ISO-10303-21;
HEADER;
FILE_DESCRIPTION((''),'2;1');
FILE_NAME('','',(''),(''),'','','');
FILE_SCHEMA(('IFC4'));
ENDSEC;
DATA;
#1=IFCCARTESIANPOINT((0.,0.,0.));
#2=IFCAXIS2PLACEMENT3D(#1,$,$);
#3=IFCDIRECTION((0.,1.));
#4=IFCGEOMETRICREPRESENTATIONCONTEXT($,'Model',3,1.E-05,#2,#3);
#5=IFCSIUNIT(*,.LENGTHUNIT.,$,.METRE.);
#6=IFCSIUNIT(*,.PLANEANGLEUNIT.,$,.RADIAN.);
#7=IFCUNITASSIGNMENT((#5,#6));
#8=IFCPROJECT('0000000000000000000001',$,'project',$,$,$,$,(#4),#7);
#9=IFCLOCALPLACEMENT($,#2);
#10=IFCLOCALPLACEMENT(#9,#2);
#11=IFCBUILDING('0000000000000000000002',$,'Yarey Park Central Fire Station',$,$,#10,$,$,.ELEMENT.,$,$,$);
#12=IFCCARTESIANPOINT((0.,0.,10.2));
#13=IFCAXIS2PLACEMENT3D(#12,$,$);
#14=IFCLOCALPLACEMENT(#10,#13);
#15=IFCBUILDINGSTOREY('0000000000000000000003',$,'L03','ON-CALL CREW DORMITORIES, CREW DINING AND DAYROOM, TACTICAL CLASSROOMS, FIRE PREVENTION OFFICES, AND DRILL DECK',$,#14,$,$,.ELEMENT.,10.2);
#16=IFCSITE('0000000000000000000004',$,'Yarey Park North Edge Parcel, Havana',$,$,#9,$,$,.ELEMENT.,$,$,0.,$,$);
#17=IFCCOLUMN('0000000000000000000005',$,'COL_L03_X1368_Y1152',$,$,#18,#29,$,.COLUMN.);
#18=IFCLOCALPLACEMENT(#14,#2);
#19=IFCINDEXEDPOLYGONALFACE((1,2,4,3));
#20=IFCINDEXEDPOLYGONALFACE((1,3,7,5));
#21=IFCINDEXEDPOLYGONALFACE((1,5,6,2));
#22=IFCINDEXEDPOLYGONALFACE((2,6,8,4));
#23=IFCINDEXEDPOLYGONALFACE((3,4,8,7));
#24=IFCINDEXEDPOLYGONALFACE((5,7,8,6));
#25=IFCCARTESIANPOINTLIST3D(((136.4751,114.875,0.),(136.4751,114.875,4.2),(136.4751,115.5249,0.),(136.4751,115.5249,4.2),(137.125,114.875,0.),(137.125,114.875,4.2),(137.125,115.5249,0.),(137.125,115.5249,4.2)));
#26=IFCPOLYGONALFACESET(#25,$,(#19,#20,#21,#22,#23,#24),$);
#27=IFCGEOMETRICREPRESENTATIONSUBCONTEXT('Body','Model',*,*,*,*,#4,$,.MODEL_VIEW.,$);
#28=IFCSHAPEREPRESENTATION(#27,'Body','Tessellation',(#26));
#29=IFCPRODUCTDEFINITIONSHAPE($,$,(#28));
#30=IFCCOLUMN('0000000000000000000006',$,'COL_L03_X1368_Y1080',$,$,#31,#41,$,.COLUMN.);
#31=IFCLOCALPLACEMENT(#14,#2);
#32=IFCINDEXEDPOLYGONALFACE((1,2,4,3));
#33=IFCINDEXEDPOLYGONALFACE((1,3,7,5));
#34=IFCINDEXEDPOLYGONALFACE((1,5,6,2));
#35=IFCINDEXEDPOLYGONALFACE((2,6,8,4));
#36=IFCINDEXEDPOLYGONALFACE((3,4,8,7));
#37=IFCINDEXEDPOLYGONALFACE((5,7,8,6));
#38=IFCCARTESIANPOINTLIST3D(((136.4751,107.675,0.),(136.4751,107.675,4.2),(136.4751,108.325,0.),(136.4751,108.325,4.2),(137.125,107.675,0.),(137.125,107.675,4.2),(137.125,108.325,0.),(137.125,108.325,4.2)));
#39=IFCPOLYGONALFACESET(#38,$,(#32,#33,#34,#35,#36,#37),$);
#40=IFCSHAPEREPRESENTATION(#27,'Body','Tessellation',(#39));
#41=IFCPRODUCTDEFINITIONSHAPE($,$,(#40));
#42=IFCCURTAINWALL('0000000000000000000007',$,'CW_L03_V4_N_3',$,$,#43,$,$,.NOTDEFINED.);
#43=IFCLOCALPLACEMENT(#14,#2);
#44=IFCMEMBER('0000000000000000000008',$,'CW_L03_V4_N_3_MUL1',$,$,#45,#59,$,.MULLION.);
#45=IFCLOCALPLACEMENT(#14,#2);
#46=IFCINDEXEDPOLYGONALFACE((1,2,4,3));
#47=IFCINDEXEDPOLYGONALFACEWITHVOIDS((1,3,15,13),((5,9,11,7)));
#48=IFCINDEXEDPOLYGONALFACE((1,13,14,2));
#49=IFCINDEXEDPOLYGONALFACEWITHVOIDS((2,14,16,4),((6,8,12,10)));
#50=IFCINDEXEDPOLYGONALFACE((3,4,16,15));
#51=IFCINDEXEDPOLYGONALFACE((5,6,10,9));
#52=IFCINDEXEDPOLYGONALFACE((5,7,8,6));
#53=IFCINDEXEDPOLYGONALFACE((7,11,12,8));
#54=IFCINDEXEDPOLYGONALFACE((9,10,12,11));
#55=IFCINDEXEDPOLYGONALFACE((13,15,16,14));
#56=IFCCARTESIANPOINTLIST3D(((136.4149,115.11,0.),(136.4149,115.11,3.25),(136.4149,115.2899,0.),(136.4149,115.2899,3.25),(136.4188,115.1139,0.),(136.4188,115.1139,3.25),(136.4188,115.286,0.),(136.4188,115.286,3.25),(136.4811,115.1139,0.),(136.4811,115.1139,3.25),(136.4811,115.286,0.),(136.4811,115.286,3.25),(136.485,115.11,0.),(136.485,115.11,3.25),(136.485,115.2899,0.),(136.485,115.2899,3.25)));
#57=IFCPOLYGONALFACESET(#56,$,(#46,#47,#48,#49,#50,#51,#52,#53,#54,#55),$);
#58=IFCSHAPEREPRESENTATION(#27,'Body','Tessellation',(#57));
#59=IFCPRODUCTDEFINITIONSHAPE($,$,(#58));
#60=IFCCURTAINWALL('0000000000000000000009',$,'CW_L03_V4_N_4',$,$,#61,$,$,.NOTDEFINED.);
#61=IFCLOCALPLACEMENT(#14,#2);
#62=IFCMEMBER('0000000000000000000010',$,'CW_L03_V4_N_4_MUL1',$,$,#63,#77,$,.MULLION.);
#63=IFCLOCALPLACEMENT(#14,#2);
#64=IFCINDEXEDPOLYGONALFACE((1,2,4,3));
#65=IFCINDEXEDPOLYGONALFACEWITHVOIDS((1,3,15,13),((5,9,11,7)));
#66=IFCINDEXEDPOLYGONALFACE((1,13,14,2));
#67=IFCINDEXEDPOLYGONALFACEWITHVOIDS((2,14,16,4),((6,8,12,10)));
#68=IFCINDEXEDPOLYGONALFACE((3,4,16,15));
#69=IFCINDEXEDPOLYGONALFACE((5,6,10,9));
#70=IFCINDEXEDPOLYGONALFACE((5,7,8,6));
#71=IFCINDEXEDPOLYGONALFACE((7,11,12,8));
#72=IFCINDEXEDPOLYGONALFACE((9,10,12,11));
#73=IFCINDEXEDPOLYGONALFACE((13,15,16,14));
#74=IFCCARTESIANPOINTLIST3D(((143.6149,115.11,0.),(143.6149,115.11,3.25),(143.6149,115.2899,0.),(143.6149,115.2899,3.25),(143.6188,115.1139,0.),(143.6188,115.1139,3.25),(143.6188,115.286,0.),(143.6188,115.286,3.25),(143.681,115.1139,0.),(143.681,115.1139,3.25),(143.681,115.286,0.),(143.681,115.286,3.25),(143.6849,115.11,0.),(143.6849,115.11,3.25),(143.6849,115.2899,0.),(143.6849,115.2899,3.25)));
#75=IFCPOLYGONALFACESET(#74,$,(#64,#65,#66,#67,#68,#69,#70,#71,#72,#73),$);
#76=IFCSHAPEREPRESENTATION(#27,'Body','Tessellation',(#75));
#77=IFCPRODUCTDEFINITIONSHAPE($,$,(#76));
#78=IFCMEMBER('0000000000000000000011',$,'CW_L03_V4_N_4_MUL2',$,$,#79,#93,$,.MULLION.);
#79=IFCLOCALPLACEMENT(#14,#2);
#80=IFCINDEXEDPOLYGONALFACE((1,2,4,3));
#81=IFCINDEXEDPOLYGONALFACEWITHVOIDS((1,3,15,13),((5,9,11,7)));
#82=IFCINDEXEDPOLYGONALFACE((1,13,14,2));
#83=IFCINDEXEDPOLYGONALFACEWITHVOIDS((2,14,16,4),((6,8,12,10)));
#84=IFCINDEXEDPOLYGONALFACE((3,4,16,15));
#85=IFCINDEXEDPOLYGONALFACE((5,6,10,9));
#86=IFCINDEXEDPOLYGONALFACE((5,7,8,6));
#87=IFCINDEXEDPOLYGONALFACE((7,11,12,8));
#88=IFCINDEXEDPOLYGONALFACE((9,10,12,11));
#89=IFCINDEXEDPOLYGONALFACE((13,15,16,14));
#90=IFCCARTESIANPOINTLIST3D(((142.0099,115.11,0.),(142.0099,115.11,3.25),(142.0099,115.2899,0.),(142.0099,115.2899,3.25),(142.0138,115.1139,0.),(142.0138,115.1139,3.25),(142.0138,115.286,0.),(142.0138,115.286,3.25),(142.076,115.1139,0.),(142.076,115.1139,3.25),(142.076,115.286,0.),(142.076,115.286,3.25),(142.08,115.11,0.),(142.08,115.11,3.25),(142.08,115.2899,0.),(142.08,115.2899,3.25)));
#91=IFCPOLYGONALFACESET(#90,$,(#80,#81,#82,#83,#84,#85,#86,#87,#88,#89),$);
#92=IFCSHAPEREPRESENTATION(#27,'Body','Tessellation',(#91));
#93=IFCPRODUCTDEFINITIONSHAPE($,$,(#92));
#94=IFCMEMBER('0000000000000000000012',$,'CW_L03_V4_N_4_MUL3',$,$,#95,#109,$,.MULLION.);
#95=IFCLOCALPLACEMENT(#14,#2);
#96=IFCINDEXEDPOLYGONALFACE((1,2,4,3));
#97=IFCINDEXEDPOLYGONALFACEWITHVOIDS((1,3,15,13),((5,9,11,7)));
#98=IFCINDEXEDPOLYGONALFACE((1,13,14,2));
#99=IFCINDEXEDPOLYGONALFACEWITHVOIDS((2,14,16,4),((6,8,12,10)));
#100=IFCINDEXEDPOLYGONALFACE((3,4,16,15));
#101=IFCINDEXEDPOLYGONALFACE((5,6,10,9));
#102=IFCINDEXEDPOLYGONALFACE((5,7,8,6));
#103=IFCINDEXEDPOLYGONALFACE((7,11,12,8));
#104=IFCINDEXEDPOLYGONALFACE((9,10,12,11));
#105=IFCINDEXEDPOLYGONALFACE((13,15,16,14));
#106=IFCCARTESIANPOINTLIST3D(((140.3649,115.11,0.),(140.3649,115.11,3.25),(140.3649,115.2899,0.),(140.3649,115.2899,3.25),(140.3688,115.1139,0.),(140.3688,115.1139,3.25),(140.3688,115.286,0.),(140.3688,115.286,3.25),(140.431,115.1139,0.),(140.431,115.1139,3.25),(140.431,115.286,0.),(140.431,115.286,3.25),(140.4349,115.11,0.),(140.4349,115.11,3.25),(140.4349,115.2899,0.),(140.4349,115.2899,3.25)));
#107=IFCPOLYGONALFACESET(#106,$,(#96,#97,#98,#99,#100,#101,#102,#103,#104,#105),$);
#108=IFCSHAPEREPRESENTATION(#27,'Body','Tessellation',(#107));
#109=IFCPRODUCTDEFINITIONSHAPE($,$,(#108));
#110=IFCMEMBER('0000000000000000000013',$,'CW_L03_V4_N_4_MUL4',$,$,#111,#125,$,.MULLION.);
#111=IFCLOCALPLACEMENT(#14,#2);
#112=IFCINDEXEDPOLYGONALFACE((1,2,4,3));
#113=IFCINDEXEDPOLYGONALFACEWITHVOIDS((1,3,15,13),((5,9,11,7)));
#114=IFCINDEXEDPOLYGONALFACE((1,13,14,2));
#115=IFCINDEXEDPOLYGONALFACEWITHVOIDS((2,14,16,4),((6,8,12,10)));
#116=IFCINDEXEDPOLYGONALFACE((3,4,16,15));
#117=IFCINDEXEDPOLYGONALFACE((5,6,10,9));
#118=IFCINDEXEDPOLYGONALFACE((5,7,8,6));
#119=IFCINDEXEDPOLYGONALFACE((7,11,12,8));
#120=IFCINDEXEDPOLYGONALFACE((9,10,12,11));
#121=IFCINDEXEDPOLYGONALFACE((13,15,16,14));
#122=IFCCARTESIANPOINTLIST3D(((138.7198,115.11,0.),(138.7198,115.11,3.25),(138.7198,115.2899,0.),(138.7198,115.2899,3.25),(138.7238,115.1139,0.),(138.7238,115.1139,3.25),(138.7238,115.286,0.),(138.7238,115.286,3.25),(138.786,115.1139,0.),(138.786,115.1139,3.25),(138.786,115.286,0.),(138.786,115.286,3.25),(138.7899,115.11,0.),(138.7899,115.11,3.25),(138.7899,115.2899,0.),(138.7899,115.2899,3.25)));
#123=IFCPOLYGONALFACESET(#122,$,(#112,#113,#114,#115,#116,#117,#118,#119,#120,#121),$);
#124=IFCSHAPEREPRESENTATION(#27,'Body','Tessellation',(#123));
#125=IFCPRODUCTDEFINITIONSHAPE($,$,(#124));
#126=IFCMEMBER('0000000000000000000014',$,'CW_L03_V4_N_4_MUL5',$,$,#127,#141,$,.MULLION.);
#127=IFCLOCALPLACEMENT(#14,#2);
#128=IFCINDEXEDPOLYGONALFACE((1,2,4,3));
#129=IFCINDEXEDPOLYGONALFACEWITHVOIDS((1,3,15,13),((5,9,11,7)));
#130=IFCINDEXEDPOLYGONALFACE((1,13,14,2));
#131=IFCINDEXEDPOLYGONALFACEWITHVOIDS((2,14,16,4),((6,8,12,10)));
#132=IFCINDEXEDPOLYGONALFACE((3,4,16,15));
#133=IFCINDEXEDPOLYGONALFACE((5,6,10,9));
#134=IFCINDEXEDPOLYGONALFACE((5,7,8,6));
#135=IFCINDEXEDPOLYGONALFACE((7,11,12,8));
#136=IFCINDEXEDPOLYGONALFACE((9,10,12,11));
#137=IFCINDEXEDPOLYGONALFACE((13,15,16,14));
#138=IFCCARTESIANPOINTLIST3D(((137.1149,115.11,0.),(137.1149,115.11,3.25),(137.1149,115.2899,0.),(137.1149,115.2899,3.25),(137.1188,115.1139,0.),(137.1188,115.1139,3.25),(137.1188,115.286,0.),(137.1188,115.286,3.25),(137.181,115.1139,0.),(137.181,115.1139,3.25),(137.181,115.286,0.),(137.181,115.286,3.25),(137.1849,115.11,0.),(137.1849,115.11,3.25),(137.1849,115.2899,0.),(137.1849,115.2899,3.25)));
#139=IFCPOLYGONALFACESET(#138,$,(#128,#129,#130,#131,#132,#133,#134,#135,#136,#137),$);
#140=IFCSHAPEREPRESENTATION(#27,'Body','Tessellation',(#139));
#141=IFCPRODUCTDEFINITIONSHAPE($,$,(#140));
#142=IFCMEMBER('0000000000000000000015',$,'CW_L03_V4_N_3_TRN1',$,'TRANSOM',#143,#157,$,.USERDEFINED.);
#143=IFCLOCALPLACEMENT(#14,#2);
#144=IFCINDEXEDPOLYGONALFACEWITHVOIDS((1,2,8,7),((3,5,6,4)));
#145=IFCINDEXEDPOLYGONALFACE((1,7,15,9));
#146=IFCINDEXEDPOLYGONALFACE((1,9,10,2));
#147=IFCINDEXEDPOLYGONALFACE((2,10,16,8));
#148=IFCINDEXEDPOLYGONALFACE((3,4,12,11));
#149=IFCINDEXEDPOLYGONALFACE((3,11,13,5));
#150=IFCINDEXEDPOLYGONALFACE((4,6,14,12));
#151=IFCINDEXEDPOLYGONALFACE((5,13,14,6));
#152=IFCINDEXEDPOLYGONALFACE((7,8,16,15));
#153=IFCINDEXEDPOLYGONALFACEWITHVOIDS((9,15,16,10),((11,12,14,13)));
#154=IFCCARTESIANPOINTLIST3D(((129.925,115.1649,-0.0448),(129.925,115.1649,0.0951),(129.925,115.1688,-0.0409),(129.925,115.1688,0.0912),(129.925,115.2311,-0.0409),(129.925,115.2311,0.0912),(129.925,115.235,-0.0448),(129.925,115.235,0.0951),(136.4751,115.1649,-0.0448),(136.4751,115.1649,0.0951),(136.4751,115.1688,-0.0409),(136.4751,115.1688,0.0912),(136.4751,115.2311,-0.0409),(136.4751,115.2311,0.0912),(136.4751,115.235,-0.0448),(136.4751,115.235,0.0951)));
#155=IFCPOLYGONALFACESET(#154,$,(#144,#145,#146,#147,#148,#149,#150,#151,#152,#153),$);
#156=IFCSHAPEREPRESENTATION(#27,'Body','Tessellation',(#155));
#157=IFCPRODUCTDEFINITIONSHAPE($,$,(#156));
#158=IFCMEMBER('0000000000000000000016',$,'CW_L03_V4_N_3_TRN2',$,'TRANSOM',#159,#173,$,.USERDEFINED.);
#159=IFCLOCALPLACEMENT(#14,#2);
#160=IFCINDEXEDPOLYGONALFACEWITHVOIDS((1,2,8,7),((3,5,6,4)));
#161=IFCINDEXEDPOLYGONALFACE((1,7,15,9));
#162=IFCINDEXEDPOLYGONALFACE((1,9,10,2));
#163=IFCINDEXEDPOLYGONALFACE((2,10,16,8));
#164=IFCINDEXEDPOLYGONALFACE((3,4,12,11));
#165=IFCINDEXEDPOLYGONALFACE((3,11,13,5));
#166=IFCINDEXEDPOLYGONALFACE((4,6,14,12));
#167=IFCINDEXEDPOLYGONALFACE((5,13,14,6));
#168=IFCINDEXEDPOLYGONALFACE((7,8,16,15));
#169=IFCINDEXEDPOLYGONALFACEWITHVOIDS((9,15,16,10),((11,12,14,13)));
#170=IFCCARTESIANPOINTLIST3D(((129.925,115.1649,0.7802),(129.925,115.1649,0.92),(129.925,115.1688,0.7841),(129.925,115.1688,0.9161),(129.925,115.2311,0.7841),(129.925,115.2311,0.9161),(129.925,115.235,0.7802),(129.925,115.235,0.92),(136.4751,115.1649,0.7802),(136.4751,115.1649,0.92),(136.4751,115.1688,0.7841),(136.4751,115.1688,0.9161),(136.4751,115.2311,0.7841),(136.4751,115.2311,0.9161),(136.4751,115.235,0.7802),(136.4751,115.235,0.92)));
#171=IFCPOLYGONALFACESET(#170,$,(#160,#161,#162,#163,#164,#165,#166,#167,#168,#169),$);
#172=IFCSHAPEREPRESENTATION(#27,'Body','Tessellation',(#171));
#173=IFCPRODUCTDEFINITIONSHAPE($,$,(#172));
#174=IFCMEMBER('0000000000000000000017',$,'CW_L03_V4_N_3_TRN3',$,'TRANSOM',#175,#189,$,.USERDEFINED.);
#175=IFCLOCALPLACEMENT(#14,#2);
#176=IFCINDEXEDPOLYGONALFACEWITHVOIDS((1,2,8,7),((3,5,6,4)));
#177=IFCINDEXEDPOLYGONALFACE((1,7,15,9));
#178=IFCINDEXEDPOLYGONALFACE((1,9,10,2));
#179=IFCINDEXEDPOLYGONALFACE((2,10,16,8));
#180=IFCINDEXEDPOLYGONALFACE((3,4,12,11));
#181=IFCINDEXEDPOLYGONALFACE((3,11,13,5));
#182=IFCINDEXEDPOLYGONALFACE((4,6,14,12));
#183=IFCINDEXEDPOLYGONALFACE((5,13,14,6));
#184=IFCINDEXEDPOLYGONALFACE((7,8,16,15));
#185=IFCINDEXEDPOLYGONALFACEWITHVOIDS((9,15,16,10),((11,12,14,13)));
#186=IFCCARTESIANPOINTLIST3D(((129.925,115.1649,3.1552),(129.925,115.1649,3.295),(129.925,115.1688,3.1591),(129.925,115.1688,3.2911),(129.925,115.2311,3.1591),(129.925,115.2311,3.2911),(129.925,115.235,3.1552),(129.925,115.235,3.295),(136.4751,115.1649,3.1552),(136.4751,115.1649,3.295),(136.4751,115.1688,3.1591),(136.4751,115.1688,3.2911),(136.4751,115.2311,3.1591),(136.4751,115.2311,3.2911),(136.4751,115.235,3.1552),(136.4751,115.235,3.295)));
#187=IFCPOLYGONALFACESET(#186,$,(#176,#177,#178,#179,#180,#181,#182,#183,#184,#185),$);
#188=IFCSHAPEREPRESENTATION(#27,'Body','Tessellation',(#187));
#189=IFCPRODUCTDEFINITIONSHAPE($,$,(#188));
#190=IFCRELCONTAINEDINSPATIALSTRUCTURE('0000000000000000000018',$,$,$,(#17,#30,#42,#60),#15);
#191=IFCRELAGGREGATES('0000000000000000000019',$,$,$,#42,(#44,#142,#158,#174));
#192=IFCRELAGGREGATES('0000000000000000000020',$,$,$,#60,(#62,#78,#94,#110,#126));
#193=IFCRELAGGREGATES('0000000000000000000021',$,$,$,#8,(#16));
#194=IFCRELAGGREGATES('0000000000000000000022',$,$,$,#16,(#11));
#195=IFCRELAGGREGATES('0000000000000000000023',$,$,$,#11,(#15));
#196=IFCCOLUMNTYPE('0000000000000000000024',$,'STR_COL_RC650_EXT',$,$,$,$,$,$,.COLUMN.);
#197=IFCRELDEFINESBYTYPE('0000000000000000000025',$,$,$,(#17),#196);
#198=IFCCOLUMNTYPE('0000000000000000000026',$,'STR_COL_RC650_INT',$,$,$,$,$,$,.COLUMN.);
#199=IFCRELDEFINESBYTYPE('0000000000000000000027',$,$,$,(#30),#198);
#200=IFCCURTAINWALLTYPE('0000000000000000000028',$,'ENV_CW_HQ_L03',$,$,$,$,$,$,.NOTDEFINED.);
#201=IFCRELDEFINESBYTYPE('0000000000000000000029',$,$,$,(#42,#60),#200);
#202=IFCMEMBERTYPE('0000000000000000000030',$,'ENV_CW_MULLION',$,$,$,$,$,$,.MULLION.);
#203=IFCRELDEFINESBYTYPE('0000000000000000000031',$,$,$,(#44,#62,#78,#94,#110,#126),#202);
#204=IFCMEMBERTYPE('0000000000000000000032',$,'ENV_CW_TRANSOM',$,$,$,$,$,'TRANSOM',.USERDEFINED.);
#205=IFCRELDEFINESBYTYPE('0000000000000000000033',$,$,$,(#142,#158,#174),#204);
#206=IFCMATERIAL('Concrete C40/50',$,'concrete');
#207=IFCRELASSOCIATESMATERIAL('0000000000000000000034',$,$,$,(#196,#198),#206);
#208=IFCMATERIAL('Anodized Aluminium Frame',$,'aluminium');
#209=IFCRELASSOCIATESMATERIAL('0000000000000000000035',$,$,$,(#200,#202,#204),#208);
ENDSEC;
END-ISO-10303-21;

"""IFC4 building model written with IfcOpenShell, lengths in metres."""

from ifc_helpers import new_model, si_unit, direction, frame, origin, origin_2d, place, context, subcontext, project, spatial, rectangle, hollow_rectangle, extrude, material, material_profile, profile_set, type_object, element, aggregate, save


model = new_model("IFC4")

# Units and contexts
model_context = context("Model", 3, precision=1e-05, world=origin(), true_north=direction((0.0, 1.0)))
body_context = subcontext(model_context, "Body", "Model", "MODEL_VIEW")
ifc_project = project(units=[si_unit("LENGTHUNIT", "METRE"), si_unit("PLANEANGLEUNIT", "RADIAN")], contexts=[model_context])

# Site, building, storey
site_placement = place(None, origin())
site = spatial("IfcSite", under=ifc_project, at=site_placement, Name="Yarey Park North Edge Parcel, Havana", CompositionType="ELEMENT", RefElevation=0.0)
building_placement = place(site_placement, origin())
building = spatial("IfcBuilding", under=site, at=building_placement, Name="Yarey Park Central Fire Station", CompositionType="ELEMENT")
storey_placement = place(building_placement, frame((0.0, 0.0, 10.2)))
storey = spatial("IfcBuildingStorey", under=building, at=storey_placement, Name="L03", Description="ON-CALL CREW DORMITORIES, CREW DINING AND DAYROOM, TACTICAL CLASSROOMS, FIRE PREVENTION OFFICES, AND DRILL DECK", CompositionType="ELEMENT", Elevation=10.2)

# Columns
ifc_material_1 = material(Name="Concrete C40/50", Category="concrete")
ifc_material_profile_1 = material_profile(ifc_material_1, rectangle(XDim=0.6499, YDim=0.6499, at=origin_2d()), Name="RC 650x650")
ifc_profile_set_1 = profile_set([ifc_material_profile_1], Name="Concrete C40/50")
column_type_1 = type_object("IfcColumnType", Name="STR_COL_RC650_EXT", PredefinedType="COLUMN", material=ifc_profile_set_1)
column_1_placement = place(storey_placement, frame((136.8, 115.2, 0.0), z_axis=(0.0, 0.0, 1.0), x_axis=(1.0, 0.0, 0.0)))
element("IfcColumn", 1, at=column_1_placement, inside=storey, type_object=column_type_1, Name="COL_L03_X1368_Y1152", PredefinedType="COLUMN", context=body_context, shape_type="SweptSolid", body=[
    extrude(rectangle(XDim=0.6499, YDim=0.6499, at=origin_2d()), origin(), (0.0, 0.0, 1.0), 4.2),
])
ifc_material_profile_2 = material_profile(ifc_material_1, rectangle(XDim=0.6499, YDim=0.6499, at=origin_2d()), Name="RC 650x650")
ifc_profile_set_2 = profile_set([ifc_material_profile_2], Name="Concrete C40/50")
column_type_2 = type_object("IfcColumnType", Name="STR_COL_RC650_INT", PredefinedType="COLUMN", material=ifc_profile_set_2)
column_2_placement = place(storey_placement, frame((136.8, 108.0, 0.0), z_axis=(0.0, 0.0, 1.0), x_axis=(1.0, 0.0, 0.0)))
element("IfcColumn", 2, at=column_2_placement, inside=storey, type_object=column_type_2, Name="COL_L03_X1368_Y1080", PredefinedType="COLUMN", context=body_context, shape_type="SweptSolid", body=[
    extrude(rectangle(XDim=0.6499, YDim=0.6499, at=origin_2d()), origin(), (0.0, 0.0, 1.0), 4.2),
])

# Curtain wall, member
ifc_material_2 = material(Name="Anodized Aluminium Frame", Category="aluminium")
curtain_wall_type = type_object("IfcCurtainWallType", Name="ENV_CW_HQ_L03", PredefinedType="NOTDEFINED", material=ifc_material_2)
curtain_wall_1_placement = place(storey_placement, origin())
curtain_wall_1 = element("IfcCurtainWall", 3, at=curtain_wall_1_placement, inside=storey, type_object=curtain_wall_type, Name="CW_L03_V4_N_3", PredefinedType="NOTDEFINED")
ifc_material_profile_3 = material_profile(ifc_material_2, hollow_rectangle(XDim=0.0701, YDim=0.1799, WallThickness=0.0039, at=origin_2d()), Name="ALU 180x70x4")
ifc_profile_set_3 = profile_set([ifc_material_profile_3], Name="Anodized Aluminium Frame")
member_type_1 = type_object("IfcMemberType", Name="ENV_CW_MULLION", PredefinedType="MULLION", material=ifc_profile_set_3)
member_1_placement = place(storey_placement, frame((136.45, 115.2, 0.0), z_axis=(0.0, 0.0, 1.0), x_axis=(1.0, 0.0, 0.0)))
member_1 = element("IfcMember", 4, at=member_1_placement, type_object=member_type_1, Name="CW_L03_V4_N_3_MUL1", PredefinedType="MULLION", context=body_context, shape_type="SweptSolid", body=[
    extrude(hollow_rectangle(XDim=0.0701, YDim=0.1799, WallThickness=0.0039, at=origin_2d()), origin(), (0.0, 0.0, 1.0), 3.25),
])

# Curtain wall, members
curtain_wall_2_placement = place(storey_placement, origin())
curtain_wall_2 = element("IfcCurtainWall", 5, at=curtain_wall_2_placement, inside=storey, type_object=curtain_wall_type, Name="CW_L03_V4_N_4", PredefinedType="NOTDEFINED")
member_2_placement = place(storey_placement, frame((143.6499, 115.2, 0.0), z_axis=(0.0, 0.0, 1.0), x_axis=(1.0, 0.0, 0.0)))
member_2 = element("IfcMember", 6, at=member_2_placement, type_object=member_type_1, Name="CW_L03_V4_N_4_MUL1", PredefinedType="MULLION", context=body_context, shape_type="SweptSolid", body=[
    extrude(hollow_rectangle(XDim=0.0701, YDim=0.1799, WallThickness=0.0039, at=origin_2d()), origin(), (0.0, 0.0, 1.0), 3.25),
])
member_3_placement = place(storey_placement, frame((142.0449, 115.2, 0.0), z_axis=(0.0, 0.0, 1.0), x_axis=(1.0, 0.0, 0.0)))
member_3 = element("IfcMember", 7, at=member_3_placement, type_object=member_type_1, Name="CW_L03_V4_N_4_MUL2", PredefinedType="MULLION", context=body_context, shape_type="SweptSolid", body=[
    extrude(hollow_rectangle(XDim=0.0701, YDim=0.1799, WallThickness=0.0039, at=origin_2d()), origin(), (0.0, 0.0, 1.0), 3.25),
])
member_4_placement = place(storey_placement, frame((140.3999, 115.2, 0.0), z_axis=(0.0, 0.0, 1.0), x_axis=(1.0, 0.0, 0.0)))
member_4 = element("IfcMember", 8, at=member_4_placement, type_object=member_type_1, Name="CW_L03_V4_N_4_MUL3", PredefinedType="MULLION", context=body_context, shape_type="SweptSolid", body=[
    extrude(hollow_rectangle(XDim=0.0701, YDim=0.1799, WallThickness=0.0039, at=origin_2d()), origin(), (0.0, 0.0, 1.0), 3.25),
])
member_5_placement = place(storey_placement, frame((138.7549, 115.2, 0.0), z_axis=(0.0, 0.0, 1.0), x_axis=(1.0, 0.0, 0.0)))
member_5 = element("IfcMember", 9, at=member_5_placement, type_object=member_type_1, Name="CW_L03_V4_N_4_MUL4", PredefinedType="MULLION", context=body_context, shape_type="SweptSolid", body=[
    extrude(hollow_rectangle(XDim=0.0701, YDim=0.1799, WallThickness=0.0039, at=origin_2d()), origin(), (0.0, 0.0, 1.0), 3.25),
])
member_6_placement = place(storey_placement, frame((137.1499, 115.2, 0.0), z_axis=(0.0, 0.0, 1.0), x_axis=(1.0, 0.0, 0.0)))
member_6 = element("IfcMember", 10, at=member_6_placement, type_object=member_type_1, Name="CW_L03_V4_N_4_MUL5", PredefinedType="MULLION", context=body_context, shape_type="SweptSolid", body=[
    extrude(hollow_rectangle(XDim=0.0701, YDim=0.1799, WallThickness=0.0039, at=origin_2d()), origin(), (0.0, 0.0, 1.0), 3.25),
])

# Members
ifc_material_profile_4 = material_profile(ifc_material_2, hollow_rectangle(XDim=0.0701, YDim=0.1399, WallThickness=0.0039, at=origin_2d()), Name="ALU 140x70x4")
ifc_profile_set_4 = profile_set([ifc_material_profile_4], Name="Anodized Aluminium Frame")
member_type_2 = type_object("IfcMemberType", Name="ENV_CW_TRANSOM", ElementType="TRANSOM", PredefinedType="USERDEFINED", material=ifc_profile_set_4)
member_7_placement = place(storey_placement, frame((136.4751, 115.2, 0.0251), z_axis=(-1.0, 0.0, 0.0), x_axis=(0.0, -1.0, 0.0)))
member_7 = element("IfcMember", 11, at=member_7_placement, type_object=member_type_2, Name="CW_L03_V4_N_3_TRN1", ObjectType="TRANSOM", PredefinedType="USERDEFINED", context=body_context, shape_type="SweptSolid", body=[
    extrude(hollow_rectangle(XDim=0.0701, YDim=0.1399, WallThickness=0.0039, at=origin_2d()), origin(), (0.0, 0.0, 1.0), 6.55),
])
member_8_placement = place(storey_placement, frame((136.4751, 115.2, 0.8501), z_axis=(-1.0, 0.0, 0.0), x_axis=(0.0, -1.0, 0.0)))
member_8 = element("IfcMember", 12, at=member_8_placement, type_object=member_type_2, Name="CW_L03_V4_N_3_TRN2", ObjectType="TRANSOM", PredefinedType="USERDEFINED", context=body_context, shape_type="SweptSolid", body=[
    extrude(hollow_rectangle(XDim=0.0701, YDim=0.1399, WallThickness=0.0039, at=origin_2d()), origin(), (0.0, 0.0, 1.0), 6.55),
])
member_9_placement = place(storey_placement, frame((136.4751, 115.2, 3.2251), z_axis=(-1.0, 0.0, 0.0), x_axis=(0.0, -1.0, 0.0)))
member_9 = element("IfcMember", 13, at=member_9_placement, type_object=member_type_2, Name="CW_L03_V4_N_3_TRN3", ObjectType="TRANSOM", PredefinedType="USERDEFINED", context=body_context, shape_type="SweptSolid", body=[
    extrude(hollow_rectangle(XDim=0.0701, YDim=0.1399, WallThickness=0.0039, at=origin_2d()), origin(), (0.0, 0.0, 1.0), 6.55),
])
aggregate(curtain_wall_1, [member_1, member_7, member_8, member_9])

aggregate(curtain_wall_2, [member_2, member_3, member_4, member_5, member_6])

save(model, "model.ifc")
